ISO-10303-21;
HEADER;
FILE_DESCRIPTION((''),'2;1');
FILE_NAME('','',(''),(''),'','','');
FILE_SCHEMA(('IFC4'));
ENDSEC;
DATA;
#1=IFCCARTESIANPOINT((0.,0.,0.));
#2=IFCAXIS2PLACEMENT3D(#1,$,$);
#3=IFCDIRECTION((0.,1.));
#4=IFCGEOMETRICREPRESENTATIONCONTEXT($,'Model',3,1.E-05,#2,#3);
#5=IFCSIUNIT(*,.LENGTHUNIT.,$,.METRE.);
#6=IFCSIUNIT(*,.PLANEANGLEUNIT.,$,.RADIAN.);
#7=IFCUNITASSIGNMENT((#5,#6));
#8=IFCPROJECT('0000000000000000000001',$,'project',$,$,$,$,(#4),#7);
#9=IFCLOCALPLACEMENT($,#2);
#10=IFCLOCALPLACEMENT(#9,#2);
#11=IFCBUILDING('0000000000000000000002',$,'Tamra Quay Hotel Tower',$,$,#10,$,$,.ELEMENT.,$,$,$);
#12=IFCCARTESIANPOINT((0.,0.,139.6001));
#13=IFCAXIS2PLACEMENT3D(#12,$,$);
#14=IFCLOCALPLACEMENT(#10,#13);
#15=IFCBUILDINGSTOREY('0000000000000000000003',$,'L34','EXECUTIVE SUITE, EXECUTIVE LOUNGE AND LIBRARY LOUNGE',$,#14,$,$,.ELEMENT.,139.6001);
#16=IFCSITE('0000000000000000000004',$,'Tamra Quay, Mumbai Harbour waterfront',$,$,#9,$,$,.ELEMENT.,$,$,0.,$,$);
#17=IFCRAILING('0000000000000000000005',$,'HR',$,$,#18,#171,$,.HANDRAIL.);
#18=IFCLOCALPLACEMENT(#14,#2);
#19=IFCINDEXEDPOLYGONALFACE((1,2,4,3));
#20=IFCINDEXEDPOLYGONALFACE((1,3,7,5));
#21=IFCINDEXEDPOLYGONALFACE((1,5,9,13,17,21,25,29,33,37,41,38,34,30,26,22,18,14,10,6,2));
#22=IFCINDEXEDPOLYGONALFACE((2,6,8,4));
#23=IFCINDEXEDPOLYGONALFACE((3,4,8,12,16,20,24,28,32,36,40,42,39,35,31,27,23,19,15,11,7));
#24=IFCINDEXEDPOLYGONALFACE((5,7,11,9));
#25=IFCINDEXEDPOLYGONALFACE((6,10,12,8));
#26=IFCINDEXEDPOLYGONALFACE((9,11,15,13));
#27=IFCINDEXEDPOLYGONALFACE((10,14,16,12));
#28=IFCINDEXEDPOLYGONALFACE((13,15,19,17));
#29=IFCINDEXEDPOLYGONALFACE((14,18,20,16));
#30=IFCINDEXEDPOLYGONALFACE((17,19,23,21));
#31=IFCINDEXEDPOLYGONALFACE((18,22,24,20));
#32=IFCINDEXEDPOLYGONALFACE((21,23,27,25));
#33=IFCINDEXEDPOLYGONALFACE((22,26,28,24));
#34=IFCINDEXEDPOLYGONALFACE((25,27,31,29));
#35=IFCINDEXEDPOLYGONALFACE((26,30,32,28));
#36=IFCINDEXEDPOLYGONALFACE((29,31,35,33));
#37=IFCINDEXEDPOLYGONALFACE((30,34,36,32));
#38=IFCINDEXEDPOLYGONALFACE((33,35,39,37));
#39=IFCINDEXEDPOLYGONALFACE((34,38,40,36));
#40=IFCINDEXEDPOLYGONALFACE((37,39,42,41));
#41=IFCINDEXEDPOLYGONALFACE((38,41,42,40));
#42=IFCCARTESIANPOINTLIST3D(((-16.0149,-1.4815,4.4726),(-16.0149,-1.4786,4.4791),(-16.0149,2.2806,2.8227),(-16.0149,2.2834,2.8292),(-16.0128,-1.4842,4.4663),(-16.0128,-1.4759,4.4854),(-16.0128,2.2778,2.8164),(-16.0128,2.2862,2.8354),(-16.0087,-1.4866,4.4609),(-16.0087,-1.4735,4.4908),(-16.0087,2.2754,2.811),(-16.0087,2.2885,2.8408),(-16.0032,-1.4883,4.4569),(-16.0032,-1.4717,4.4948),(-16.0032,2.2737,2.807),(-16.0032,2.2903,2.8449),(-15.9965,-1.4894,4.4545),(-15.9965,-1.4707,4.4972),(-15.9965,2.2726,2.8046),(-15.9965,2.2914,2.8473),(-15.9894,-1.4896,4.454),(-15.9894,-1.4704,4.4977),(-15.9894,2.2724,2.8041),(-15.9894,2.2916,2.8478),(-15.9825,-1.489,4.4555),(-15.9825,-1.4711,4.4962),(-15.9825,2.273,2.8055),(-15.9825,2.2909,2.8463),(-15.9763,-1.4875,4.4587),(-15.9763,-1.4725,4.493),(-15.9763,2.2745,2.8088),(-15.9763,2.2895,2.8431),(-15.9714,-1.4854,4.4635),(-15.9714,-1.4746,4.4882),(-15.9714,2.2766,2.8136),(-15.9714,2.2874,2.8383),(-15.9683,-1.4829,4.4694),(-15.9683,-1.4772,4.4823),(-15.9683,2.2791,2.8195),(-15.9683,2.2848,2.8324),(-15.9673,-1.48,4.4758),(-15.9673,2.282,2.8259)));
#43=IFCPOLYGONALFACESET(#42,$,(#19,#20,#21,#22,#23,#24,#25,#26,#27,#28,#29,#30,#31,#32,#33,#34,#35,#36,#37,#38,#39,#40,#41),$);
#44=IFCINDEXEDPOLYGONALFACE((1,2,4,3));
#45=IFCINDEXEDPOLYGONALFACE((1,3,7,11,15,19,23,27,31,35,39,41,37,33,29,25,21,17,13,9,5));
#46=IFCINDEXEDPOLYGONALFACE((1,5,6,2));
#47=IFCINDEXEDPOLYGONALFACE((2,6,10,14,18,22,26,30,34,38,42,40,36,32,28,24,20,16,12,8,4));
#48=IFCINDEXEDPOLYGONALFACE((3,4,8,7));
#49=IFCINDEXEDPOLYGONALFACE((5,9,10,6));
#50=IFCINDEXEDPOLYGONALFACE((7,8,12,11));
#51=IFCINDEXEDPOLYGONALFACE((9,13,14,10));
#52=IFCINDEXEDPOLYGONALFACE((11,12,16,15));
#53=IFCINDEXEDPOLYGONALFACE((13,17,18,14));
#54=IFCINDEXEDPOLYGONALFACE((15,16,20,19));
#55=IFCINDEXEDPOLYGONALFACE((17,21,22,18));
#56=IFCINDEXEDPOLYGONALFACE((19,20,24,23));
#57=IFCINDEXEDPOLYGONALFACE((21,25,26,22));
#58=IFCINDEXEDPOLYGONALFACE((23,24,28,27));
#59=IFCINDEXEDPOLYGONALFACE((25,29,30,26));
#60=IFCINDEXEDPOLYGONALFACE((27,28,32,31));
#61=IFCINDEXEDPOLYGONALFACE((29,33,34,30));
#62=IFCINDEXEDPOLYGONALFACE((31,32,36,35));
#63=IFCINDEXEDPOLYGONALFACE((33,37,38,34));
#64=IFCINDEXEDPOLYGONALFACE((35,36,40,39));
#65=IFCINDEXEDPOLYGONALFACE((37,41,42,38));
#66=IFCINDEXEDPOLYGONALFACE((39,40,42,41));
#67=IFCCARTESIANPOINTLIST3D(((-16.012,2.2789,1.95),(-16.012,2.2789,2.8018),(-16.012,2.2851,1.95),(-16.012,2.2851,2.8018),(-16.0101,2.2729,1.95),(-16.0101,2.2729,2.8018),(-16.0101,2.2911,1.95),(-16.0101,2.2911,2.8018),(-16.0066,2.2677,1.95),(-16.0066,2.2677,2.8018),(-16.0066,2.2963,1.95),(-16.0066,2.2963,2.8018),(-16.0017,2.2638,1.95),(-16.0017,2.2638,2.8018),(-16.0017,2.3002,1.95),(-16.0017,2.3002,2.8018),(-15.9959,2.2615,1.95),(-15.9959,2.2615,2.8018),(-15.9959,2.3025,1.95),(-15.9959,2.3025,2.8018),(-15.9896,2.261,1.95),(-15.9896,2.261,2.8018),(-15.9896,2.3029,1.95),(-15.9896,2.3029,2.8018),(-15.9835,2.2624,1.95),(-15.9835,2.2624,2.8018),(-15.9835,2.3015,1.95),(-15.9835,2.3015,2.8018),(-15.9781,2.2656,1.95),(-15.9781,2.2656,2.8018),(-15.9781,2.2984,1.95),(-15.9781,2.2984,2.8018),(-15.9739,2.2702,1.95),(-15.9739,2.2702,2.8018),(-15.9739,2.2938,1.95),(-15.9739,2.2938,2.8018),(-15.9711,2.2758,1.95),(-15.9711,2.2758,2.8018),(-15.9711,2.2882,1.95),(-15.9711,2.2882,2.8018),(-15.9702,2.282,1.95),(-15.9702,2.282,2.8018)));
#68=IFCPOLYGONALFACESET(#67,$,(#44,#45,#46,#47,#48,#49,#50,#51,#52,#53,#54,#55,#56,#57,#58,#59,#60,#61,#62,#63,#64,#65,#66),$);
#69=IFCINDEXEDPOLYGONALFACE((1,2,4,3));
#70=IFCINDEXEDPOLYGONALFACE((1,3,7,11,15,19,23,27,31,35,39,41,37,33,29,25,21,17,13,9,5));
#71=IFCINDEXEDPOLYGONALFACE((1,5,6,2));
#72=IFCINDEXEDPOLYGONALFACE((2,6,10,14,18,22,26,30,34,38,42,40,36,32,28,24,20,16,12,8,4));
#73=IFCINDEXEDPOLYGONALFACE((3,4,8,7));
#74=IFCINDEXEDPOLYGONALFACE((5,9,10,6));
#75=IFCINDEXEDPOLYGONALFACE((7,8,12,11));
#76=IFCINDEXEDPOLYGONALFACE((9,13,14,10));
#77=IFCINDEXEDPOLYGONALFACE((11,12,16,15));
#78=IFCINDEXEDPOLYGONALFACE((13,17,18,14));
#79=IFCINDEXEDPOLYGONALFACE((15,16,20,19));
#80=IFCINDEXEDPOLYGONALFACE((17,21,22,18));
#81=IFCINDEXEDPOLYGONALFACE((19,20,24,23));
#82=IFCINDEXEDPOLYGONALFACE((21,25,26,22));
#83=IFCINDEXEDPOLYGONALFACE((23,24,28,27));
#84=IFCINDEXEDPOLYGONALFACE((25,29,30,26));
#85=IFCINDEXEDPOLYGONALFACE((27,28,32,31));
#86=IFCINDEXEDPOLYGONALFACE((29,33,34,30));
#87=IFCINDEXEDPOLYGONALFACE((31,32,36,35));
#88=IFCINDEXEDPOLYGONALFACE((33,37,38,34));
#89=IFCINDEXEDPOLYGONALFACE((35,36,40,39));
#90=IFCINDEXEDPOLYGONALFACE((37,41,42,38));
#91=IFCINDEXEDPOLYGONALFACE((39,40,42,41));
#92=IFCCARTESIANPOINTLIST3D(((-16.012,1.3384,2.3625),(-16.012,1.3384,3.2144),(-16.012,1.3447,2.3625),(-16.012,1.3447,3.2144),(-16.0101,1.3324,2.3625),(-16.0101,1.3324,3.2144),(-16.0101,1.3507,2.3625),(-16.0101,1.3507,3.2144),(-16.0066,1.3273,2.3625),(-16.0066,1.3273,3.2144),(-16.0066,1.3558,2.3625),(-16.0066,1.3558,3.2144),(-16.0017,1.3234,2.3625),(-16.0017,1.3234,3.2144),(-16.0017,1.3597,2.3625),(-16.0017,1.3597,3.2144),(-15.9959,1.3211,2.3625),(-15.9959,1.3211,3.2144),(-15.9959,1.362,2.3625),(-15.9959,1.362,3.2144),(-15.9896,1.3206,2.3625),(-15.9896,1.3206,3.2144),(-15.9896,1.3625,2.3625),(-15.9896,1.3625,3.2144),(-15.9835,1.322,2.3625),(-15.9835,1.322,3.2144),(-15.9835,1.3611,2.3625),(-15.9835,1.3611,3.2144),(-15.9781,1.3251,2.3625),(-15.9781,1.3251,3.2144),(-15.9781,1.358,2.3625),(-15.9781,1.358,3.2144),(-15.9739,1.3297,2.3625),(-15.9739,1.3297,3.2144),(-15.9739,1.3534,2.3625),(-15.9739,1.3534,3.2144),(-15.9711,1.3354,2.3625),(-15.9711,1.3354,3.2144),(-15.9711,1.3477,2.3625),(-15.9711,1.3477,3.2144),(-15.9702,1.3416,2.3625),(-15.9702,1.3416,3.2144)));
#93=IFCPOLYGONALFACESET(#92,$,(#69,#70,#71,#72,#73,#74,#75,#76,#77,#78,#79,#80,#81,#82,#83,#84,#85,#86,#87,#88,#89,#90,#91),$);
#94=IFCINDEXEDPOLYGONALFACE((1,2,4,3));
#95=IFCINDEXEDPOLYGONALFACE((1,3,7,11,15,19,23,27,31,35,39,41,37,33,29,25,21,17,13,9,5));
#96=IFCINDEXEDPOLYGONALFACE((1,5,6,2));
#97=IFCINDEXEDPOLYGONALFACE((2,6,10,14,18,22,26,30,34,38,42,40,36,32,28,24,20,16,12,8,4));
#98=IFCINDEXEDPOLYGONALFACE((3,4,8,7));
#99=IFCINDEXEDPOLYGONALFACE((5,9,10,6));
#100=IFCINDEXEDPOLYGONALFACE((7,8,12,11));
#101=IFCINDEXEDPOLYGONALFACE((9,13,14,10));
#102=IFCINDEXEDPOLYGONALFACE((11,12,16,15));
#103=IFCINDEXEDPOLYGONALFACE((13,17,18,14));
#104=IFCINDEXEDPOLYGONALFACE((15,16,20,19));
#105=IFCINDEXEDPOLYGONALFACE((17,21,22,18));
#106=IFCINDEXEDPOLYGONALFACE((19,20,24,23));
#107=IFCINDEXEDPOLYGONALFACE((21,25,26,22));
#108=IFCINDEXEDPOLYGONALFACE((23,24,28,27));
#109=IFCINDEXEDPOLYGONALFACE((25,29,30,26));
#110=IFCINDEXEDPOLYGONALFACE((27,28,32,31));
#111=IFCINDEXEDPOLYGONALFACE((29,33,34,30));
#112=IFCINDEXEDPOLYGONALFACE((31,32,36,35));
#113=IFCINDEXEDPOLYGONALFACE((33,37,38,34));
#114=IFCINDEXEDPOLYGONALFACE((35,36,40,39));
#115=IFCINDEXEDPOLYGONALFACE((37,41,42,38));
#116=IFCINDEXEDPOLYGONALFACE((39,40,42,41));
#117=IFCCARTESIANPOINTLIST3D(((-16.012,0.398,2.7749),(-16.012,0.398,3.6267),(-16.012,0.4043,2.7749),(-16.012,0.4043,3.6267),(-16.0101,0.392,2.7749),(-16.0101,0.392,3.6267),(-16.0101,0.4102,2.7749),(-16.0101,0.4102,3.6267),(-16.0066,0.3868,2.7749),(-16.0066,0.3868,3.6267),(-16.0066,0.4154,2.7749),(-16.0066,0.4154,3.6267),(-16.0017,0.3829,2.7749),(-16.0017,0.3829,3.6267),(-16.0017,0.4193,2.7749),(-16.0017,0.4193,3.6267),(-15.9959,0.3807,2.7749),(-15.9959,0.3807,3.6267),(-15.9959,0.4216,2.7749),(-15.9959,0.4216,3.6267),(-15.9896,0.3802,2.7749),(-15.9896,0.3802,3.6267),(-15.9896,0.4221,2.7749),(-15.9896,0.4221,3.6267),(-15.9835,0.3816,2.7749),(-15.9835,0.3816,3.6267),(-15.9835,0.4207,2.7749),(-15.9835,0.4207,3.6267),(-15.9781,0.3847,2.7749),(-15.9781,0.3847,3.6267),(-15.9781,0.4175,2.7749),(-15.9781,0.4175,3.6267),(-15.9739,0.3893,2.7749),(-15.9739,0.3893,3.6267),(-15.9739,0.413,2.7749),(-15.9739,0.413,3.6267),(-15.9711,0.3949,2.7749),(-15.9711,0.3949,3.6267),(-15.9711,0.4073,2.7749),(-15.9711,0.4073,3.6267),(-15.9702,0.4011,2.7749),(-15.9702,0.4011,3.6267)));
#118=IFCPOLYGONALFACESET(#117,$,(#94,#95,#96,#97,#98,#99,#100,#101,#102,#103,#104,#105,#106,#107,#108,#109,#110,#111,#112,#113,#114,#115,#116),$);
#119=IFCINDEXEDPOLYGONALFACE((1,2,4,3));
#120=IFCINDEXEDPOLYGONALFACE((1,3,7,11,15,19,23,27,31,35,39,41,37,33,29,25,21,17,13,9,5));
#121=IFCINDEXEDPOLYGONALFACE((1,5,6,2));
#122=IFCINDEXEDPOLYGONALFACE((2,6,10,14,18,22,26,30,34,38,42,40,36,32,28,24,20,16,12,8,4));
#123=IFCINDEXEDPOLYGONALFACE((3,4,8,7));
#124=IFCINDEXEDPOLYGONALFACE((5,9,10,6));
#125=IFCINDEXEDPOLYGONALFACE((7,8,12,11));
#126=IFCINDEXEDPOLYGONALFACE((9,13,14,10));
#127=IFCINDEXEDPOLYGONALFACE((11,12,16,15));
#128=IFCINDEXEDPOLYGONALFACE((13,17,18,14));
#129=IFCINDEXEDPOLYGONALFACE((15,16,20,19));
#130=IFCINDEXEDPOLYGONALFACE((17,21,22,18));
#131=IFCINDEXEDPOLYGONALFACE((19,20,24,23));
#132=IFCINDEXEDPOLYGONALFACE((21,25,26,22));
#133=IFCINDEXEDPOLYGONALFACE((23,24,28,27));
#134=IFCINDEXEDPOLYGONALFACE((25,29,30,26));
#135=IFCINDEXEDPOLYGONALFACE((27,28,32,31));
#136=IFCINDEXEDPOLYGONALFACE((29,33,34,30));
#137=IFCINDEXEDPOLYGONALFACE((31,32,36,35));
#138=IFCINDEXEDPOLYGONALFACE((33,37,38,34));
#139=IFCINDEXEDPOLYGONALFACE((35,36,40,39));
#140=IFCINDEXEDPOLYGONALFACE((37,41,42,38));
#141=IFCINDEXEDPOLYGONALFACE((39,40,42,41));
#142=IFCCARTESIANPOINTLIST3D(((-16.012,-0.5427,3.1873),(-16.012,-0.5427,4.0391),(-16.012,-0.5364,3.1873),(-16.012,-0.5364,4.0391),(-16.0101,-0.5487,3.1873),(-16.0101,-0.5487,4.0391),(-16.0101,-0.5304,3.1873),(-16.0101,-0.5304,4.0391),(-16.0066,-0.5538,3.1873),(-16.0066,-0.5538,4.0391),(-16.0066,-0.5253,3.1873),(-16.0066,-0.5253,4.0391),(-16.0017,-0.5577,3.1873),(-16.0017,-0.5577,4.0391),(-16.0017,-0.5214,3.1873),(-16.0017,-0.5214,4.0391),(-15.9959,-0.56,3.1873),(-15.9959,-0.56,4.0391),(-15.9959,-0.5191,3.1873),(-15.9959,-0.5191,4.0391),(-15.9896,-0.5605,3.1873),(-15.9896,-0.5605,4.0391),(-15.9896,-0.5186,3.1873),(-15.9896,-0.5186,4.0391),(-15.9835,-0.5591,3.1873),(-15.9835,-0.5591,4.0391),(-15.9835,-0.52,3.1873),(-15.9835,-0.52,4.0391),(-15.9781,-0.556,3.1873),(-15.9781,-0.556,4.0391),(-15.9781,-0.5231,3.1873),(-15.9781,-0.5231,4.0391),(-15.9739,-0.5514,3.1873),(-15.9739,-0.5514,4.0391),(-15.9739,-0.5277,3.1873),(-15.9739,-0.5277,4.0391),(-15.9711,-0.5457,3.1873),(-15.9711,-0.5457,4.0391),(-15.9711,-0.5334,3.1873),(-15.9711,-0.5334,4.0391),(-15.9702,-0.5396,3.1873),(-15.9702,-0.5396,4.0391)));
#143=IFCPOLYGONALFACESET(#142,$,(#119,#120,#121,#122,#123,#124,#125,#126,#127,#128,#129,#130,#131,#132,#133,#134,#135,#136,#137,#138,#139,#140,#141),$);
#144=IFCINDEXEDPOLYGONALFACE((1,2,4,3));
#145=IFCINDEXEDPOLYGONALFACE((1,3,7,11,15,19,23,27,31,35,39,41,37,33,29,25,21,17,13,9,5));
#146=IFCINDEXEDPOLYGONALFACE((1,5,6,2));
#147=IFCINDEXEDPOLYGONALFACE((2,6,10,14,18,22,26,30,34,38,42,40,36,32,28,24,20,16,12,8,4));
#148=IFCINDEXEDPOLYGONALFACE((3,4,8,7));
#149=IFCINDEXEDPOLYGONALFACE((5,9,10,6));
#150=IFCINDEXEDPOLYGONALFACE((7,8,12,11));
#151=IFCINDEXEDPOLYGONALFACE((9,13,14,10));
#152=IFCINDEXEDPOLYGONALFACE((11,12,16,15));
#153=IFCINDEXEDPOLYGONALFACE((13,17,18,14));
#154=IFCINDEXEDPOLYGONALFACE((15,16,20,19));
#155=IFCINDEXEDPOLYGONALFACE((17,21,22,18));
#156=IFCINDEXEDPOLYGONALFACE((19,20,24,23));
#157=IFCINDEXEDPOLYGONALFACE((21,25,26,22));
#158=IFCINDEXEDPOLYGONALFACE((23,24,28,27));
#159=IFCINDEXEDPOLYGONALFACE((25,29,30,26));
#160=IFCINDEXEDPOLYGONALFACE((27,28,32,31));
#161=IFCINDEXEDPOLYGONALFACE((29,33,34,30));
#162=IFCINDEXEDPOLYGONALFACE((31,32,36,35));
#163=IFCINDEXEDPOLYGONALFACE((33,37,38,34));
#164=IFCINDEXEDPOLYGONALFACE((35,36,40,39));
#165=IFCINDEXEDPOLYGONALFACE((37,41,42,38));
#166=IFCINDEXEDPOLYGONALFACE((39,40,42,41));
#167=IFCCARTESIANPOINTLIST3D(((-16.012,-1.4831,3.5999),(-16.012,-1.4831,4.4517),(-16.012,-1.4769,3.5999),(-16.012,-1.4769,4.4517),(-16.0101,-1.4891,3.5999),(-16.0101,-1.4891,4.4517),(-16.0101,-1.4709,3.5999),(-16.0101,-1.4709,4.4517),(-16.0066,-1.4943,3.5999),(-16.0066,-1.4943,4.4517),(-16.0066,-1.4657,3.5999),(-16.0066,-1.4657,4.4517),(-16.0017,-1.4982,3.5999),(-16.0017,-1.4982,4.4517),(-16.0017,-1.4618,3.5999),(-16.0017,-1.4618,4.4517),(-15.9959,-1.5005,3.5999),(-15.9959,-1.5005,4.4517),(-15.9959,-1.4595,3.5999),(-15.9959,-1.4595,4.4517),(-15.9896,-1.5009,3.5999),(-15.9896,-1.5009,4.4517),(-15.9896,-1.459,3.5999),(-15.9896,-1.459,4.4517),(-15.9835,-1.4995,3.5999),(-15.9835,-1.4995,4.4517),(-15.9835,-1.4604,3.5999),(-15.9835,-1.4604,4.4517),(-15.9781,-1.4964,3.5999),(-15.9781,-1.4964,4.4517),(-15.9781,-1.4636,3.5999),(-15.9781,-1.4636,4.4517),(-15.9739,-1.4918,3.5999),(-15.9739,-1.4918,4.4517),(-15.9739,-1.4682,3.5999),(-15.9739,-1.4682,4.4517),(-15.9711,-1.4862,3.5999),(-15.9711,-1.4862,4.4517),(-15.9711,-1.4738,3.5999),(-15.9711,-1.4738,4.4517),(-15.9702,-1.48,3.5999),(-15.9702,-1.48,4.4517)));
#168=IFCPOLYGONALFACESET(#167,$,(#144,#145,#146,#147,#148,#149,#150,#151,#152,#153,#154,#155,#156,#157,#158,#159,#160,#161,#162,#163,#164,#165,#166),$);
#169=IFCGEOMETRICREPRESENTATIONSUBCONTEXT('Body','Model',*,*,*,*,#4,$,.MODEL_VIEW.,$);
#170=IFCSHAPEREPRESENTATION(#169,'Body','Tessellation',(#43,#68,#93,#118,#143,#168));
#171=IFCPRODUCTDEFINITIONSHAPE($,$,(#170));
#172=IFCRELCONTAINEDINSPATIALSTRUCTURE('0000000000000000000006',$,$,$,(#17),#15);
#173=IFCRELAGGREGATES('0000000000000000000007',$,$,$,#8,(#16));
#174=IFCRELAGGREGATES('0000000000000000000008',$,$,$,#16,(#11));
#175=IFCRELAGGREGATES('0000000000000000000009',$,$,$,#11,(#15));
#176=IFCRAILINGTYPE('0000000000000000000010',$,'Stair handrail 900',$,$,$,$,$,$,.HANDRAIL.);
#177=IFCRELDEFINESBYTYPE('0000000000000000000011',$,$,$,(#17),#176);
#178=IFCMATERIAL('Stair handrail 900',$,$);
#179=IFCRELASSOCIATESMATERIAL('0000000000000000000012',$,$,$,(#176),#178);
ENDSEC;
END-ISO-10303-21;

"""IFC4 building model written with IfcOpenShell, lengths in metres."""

from ifc_helpers import new_model, si_unit, direction, frame, origin, origin_2d, place, context, subcontext, project, spatial, circle, extrude, material, type_object, element, save


model = new_model("IFC4")

# Units and contexts
model_context = context("Model", 3, precision=1e-05, world=origin(), true_north=direction((0.0, 1.0)))
body_context = subcontext(model_context, "Body", "Model", "MODEL_VIEW")
ifc_project = project(units=[si_unit("LENGTHUNIT", "METRE"), si_unit("PLANEANGLEUNIT", "RADIAN")], contexts=[model_context])

# Site, building, storey
site_placement = place(None, origin())
site = spatial("IfcSite", under=ifc_project, at=site_placement, Name="Tamra Quay, Mumbai Harbour waterfront", CompositionType="ELEMENT", RefElevation=0.0)
building_placement = place(site_placement, origin())
building = spatial("IfcBuilding", under=site, at=building_placement, Name="Tamra Quay Hotel Tower", CompositionType="ELEMENT")
storey_placement = place(building_placement, frame((0.0, 0.0, 139.6001)))
storey = spatial("IfcBuildingStorey", under=building, at=storey_placement, Name="L34", Description="EXECUTIVE SUITE, EXECUTIVE LOUNGE AND LIBRARY LOUNGE", CompositionType="ELEMENT", Elevation=139.6001)

# Railing
ifc_material_1 = material(Name="Stair handrail 900")
railing_type = type_object("IfcRailingType", Name="Stair handrail 900", PredefinedType="HANDRAIL", material=ifc_material_1)
railing_placement = place(storey_placement, frame((-15.9912, 2.282, 1.95)))
element("IfcRailing", 1, at=railing_placement, inside=storey, type_object=railing_type, Name="HR", PredefinedType="HANDRAIL", context=body_context, shape_type="SweptSolid", body=[
    extrude(circle(Radius=0.0239, at=origin_2d()), frame((0.0, 0.0, 0.876), z_axis=(0.0, -0.915795, 0.401645), x_axis=(1.0, 0.0, 0.0)), (0.0, 0.0, 1.0), 4.1079),
    extrude(circle(Radius=0.021, at=origin_2d()), origin(), (0.0, 0.0, 1.0), 0.8518),
    extrude(circle(Radius=0.021, at=origin_2d()), frame((0.0, -0.9404, 0.4126)), (0.0, 0.0, 1.0), 0.8518),
    extrude(circle(Radius=0.021, at=origin_2d()), frame((0.0, -1.8809, 0.825)), (0.0, 0.0, 1.0), 0.8518),
    extrude(circle(Radius=0.021, at=origin_2d()), frame((0.0, -2.8215, 1.2373)), (0.0, 0.0, 1.0), 0.8518),
    extrude(circle(Radius=0.021, at=origin_2d()), frame((0.0, -3.762, 1.6499)), (0.0, 0.0, 1.0), 0.8518),
])

save(model, "model.ifc")
